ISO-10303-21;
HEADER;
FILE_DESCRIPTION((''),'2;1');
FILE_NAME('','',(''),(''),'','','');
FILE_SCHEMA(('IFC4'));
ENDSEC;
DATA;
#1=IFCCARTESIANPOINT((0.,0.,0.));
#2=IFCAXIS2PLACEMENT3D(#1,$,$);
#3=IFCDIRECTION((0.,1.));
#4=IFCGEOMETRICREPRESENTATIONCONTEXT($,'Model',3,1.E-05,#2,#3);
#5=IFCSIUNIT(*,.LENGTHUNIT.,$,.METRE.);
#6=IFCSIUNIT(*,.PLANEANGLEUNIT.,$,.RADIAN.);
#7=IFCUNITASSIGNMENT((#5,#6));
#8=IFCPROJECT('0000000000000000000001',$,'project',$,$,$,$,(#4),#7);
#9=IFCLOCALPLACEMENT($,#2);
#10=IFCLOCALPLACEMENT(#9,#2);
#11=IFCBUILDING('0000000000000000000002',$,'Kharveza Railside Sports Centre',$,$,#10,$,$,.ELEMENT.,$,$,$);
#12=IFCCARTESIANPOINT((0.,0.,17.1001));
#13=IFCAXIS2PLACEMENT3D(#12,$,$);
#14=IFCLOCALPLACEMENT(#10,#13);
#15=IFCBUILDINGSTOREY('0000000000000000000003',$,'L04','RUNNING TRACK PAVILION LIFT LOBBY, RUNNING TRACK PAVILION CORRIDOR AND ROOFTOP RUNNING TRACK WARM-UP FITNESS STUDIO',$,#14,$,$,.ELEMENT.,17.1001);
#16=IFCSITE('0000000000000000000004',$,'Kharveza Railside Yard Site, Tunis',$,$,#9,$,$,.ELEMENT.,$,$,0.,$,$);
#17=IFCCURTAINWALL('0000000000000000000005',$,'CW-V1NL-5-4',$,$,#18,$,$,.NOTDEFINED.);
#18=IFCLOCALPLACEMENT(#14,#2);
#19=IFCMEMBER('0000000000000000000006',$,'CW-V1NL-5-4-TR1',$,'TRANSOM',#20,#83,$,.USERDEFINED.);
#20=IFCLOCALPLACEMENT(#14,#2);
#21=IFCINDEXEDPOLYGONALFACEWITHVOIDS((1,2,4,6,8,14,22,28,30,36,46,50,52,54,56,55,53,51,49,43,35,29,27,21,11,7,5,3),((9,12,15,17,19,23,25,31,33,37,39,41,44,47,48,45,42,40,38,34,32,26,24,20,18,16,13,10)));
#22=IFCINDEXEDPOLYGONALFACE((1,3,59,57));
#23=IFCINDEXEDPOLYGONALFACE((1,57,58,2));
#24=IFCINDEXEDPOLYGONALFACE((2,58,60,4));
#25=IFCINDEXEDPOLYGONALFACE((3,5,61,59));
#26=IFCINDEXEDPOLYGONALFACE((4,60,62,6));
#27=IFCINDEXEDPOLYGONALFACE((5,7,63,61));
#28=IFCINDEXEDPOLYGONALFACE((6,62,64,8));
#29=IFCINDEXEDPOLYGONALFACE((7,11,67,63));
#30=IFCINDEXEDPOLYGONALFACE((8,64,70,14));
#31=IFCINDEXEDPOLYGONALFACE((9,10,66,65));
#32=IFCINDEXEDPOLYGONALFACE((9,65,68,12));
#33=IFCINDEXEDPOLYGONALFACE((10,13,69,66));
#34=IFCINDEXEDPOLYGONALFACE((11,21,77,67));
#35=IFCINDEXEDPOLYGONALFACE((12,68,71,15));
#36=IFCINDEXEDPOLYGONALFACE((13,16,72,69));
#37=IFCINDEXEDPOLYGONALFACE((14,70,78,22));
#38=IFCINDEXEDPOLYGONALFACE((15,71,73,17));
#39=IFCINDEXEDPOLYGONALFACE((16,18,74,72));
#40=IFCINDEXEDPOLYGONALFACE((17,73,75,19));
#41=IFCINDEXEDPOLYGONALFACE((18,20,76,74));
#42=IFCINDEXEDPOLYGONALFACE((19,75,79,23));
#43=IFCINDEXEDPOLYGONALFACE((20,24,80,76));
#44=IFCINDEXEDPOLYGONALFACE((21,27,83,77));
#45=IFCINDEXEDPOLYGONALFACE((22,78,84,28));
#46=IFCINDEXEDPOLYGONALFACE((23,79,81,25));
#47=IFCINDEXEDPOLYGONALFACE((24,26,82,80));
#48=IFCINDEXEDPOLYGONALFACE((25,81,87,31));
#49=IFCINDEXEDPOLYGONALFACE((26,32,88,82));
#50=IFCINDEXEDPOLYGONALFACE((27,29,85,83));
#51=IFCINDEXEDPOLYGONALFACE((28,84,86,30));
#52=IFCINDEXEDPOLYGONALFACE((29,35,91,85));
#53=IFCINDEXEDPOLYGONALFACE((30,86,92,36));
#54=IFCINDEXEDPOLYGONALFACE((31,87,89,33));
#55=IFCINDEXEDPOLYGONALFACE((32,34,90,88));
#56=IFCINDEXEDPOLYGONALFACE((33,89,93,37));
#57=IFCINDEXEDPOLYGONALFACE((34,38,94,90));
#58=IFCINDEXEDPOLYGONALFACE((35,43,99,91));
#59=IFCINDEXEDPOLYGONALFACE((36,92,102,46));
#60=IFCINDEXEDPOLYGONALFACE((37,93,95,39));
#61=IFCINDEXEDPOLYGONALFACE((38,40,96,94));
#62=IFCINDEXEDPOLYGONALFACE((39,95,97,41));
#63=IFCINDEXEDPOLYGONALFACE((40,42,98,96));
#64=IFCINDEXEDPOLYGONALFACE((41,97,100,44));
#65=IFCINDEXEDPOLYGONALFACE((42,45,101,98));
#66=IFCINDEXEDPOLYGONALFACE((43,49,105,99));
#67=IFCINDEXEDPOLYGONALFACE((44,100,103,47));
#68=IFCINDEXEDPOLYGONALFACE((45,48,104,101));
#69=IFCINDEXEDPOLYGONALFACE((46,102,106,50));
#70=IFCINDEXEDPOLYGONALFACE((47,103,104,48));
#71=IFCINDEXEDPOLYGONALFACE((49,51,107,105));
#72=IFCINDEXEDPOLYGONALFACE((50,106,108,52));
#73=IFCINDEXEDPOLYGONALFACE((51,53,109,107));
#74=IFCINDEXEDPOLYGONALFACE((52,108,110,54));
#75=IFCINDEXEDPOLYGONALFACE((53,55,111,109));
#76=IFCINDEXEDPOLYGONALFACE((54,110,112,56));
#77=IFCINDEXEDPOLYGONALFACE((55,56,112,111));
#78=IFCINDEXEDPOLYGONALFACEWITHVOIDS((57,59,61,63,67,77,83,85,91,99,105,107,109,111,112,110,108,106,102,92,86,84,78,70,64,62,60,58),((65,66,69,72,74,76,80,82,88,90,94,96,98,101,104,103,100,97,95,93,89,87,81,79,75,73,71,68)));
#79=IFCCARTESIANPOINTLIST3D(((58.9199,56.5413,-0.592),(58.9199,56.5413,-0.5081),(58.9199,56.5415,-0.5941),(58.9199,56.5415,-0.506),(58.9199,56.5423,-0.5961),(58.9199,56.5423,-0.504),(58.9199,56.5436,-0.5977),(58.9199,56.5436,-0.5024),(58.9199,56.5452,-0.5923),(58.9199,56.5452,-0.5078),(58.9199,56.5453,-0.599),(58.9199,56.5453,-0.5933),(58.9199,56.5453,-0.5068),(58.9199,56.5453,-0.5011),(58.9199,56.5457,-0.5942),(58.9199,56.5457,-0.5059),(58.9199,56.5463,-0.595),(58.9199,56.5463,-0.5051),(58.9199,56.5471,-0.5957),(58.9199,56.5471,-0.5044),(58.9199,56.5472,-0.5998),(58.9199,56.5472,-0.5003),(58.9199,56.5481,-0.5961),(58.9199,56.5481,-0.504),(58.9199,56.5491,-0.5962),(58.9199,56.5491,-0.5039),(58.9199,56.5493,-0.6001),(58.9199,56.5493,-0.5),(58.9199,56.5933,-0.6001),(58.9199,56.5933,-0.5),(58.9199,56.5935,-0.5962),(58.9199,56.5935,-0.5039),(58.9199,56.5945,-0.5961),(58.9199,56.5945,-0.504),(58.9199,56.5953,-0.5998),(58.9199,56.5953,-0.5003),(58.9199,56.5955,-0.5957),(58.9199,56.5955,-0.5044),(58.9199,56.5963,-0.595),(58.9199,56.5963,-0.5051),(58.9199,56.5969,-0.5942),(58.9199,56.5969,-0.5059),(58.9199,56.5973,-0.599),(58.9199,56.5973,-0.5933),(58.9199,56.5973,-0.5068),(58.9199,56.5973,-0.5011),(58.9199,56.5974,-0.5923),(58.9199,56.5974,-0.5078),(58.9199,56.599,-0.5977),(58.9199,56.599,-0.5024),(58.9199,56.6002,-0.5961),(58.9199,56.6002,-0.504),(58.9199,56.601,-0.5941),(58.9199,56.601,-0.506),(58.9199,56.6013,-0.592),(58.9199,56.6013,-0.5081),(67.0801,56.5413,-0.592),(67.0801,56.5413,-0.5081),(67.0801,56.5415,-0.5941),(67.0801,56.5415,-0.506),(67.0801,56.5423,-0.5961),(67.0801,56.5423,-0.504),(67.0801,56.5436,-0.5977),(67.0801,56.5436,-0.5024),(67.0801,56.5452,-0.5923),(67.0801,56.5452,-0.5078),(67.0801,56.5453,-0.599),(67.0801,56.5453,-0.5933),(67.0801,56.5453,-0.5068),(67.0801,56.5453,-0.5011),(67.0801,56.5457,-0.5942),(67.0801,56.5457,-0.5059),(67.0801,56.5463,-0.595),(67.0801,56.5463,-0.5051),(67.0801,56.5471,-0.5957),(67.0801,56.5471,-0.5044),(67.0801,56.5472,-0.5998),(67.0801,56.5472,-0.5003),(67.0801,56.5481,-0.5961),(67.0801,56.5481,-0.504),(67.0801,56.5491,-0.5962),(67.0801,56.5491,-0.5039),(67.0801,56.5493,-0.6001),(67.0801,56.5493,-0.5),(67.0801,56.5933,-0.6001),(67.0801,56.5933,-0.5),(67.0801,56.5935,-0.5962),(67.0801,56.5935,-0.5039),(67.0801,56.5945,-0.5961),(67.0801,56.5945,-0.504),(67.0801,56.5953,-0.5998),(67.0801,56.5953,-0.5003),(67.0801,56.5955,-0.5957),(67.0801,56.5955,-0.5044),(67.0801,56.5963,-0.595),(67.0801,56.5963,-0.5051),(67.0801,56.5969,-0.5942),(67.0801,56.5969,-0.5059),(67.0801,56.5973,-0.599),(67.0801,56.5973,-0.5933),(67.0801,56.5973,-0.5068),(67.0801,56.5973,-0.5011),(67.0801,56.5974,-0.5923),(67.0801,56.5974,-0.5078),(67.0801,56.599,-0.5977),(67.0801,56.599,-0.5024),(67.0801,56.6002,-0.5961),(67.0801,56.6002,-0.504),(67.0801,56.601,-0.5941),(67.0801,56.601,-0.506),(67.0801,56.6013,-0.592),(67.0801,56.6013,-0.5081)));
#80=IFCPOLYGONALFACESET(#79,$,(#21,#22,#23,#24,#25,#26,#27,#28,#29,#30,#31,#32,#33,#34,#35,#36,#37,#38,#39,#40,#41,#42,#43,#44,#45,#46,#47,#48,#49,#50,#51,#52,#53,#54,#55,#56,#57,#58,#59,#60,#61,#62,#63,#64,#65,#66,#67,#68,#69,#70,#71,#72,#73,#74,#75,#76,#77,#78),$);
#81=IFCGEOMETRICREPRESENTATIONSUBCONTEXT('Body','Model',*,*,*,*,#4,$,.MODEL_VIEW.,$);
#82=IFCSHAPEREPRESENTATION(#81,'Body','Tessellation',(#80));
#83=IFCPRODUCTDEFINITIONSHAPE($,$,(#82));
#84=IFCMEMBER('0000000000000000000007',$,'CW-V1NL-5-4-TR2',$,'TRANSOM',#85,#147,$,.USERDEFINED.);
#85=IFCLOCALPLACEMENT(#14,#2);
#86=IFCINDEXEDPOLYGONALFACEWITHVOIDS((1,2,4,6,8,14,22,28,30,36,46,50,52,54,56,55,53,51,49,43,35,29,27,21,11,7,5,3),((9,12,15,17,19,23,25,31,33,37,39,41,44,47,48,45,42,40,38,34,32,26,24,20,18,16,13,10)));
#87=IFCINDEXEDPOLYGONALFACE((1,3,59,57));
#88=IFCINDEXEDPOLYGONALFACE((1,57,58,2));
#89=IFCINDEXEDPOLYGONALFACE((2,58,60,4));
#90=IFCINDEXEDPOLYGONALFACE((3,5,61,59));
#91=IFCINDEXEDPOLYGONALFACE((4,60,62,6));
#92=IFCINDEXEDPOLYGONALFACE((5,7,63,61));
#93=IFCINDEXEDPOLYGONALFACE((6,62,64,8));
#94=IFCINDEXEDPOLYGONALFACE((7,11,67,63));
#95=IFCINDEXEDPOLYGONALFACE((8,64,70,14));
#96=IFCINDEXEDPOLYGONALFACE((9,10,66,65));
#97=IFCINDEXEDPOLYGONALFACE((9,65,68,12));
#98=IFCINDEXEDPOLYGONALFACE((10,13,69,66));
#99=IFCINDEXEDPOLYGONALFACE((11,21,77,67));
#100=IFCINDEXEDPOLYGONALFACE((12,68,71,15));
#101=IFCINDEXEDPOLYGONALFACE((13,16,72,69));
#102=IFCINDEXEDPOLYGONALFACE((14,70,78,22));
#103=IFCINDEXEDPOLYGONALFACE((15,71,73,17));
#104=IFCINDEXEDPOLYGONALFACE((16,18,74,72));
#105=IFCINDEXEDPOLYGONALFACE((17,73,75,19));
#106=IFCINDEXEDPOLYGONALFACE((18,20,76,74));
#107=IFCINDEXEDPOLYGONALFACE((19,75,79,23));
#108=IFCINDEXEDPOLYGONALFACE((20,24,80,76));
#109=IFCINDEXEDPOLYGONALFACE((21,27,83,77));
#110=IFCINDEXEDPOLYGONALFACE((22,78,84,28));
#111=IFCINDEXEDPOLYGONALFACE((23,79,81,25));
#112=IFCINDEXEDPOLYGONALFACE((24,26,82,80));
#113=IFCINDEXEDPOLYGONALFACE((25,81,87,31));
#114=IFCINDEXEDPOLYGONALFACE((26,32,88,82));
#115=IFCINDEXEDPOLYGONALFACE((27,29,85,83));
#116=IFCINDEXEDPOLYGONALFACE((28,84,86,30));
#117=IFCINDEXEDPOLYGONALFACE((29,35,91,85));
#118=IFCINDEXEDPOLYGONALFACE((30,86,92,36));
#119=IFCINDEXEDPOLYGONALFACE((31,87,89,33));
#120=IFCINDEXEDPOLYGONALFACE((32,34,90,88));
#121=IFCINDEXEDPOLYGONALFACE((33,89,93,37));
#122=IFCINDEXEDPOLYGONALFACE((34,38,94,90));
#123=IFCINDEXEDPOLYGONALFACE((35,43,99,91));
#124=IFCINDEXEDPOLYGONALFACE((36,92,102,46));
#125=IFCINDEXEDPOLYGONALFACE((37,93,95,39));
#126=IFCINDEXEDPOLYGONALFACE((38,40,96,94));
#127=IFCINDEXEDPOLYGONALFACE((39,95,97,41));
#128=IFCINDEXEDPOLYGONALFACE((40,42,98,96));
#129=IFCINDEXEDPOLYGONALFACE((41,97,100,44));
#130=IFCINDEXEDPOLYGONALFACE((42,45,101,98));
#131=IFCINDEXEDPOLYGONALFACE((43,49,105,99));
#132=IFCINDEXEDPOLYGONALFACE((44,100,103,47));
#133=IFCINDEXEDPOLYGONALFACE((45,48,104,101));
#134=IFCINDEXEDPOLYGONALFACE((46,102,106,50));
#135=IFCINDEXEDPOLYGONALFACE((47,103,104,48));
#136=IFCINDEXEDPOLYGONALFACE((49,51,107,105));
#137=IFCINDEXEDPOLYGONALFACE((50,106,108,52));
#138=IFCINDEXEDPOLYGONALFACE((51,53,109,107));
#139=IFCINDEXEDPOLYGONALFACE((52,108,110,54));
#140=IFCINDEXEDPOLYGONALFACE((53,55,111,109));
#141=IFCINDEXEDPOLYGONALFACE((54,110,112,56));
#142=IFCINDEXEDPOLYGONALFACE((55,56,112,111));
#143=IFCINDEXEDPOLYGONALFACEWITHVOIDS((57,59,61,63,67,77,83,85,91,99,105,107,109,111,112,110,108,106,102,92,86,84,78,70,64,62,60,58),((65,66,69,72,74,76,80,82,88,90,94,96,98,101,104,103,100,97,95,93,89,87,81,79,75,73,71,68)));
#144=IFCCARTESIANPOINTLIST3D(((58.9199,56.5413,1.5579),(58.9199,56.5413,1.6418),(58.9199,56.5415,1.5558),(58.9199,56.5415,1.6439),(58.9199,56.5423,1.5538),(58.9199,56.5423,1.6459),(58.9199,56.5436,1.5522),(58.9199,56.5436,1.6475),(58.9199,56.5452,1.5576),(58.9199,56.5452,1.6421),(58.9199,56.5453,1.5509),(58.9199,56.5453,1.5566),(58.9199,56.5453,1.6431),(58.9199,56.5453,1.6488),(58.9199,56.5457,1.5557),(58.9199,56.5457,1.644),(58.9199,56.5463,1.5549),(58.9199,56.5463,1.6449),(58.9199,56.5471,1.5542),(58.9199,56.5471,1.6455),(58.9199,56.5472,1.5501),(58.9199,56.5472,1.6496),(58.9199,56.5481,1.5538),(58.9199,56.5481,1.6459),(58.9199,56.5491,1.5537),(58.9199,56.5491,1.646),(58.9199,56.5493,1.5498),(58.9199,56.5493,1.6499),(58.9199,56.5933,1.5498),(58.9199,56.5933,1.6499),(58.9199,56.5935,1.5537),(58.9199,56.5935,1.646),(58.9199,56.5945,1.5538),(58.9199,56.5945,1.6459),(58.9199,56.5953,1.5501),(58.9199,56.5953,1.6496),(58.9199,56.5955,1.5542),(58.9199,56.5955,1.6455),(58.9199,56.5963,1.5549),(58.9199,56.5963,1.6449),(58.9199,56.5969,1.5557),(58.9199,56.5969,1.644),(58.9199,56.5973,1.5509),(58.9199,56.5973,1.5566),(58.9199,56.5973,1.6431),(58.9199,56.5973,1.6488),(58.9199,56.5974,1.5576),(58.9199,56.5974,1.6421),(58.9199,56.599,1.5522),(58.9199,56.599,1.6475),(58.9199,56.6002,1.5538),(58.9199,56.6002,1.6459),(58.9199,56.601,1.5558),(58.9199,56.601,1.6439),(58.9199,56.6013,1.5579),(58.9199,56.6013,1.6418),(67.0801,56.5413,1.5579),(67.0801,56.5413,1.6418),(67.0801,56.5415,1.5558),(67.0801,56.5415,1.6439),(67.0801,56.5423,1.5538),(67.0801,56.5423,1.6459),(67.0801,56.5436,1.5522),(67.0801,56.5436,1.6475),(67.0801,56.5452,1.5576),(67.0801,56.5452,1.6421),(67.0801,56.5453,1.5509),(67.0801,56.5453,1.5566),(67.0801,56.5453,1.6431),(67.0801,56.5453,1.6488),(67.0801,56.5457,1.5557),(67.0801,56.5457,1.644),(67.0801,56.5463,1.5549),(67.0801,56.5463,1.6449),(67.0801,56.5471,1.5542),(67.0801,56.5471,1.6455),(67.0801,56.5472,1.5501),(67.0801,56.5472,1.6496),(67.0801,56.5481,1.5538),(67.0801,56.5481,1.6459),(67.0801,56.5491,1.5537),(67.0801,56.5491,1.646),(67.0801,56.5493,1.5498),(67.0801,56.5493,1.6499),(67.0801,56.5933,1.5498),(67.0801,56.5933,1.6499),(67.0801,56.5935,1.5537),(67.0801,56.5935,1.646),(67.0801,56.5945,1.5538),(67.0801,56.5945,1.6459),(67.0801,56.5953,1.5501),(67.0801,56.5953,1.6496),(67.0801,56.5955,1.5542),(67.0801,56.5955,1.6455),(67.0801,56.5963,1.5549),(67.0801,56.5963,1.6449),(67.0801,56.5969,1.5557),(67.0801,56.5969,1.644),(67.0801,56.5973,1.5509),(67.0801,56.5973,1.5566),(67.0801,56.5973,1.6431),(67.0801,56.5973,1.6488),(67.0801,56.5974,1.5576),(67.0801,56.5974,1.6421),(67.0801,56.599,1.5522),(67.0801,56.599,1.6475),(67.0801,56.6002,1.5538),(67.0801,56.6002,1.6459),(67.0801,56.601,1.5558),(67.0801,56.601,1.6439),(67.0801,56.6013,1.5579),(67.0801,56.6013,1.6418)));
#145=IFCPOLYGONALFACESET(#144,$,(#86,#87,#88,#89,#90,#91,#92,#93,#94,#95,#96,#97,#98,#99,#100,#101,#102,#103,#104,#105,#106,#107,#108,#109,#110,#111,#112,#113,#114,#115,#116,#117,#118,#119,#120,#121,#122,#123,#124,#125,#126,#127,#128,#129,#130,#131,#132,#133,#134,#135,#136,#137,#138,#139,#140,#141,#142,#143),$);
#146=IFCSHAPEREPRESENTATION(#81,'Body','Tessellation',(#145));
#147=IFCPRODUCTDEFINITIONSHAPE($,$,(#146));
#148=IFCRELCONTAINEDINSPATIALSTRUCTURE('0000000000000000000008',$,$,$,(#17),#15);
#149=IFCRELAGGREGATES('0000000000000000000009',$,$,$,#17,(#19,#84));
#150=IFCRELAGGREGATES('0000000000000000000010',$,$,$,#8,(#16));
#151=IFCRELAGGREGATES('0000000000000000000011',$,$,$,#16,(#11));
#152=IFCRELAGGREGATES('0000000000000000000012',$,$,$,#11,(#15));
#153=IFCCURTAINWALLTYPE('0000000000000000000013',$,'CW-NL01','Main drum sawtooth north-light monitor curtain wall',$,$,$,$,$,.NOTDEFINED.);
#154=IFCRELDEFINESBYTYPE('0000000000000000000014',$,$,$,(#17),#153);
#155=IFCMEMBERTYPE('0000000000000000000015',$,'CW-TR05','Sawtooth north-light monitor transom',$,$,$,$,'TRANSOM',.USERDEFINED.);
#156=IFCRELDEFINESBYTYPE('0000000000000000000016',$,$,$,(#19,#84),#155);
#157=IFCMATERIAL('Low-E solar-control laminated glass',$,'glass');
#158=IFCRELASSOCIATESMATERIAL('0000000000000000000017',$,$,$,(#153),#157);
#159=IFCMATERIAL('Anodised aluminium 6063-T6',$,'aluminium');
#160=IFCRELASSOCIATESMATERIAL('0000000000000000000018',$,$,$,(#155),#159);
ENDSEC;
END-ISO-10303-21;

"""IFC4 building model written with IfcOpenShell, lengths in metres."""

from ifc_helpers import new_model, si_unit, direction, frame, origin, origin_2d, place, context, subcontext, project, spatial, hollow_rectangle, extrude, material, material_profile, profile_set, type_object, element, aggregate, save


model = new_model("IFC4")

# Units and contexts
model_context = context("Model", 3, precision=1e-05, world=origin(), true_north=direction((0.0, 1.0)))
body_context = subcontext(model_context, "Body", "Model", "MODEL_VIEW")
ifc_project = project(units=[si_unit("LENGTHUNIT", "METRE"), si_unit("PLANEANGLEUNIT", "RADIAN")], contexts=[model_context])

# Site, building, storey
site_placement = place(None, origin())
site = spatial("IfcSite", under=ifc_project, at=site_placement, Name="Kharveza Railside Yard Site, Tunis", CompositionType="ELEMENT", RefElevation=0.0)
building_placement = place(site_placement, origin())
building = spatial("IfcBuilding", under=site, at=building_placement, Name="Kharveza Railside Sports Centre", CompositionType="ELEMENT")
storey_placement = place(building_placement, frame((0.0, 0.0, 17.1001)))
storey = spatial("IfcBuildingStorey", under=building, at=storey_placement, Name="L04", Description="RUNNING TRACK PAVILION LIFT LOBBY, RUNNING TRACK PAVILION CORRIDOR AND ROOFTOP RUNNING TRACK WARM-UP FITNESS STUDIO", CompositionType="ELEMENT", Elevation=17.1001)

# Curtain wall
ifc_material_1 = material(Name="Low-E solar-control laminated glass", Category="glass")
curtain_wall_type = type_object("IfcCurtainWallType", Name="CW-NL01", Description="Main drum sawtooth north-light monitor curtain wall", PredefinedType="NOTDEFINED", material=ifc_material_1)
ifc_material_2 = material(Name="Anodised aluminium 6063-T6", Category="aluminium")
curtain_wall_1_placement = place(storey_placement, origin())
curtain_wall_1 = element("IfcCurtainWall", 1, at=curtain_wall_1_placement, inside=storey, type_object=curtain_wall_type, Name="CW-V1NL-5-4", PredefinedType="NOTDEFINED")

# Members
ifc_material_profile_1 = material_profile(ifc_material_2, hollow_rectangle(XDim=0.0601, YDim=0.1001, WallThickness=0.0039, InnerFilletRadius=0.0039, OuterFilletRadius=0.0081, at=origin_2d()), Name="RHS 60x100x4.0")
ifc_profile_set_1 = profile_set([ifc_material_profile_1], Name="Anodised aluminium 6063-T6")
member_type_1 = type_object("IfcMemberType", Name="CW-TR05", Description="Sawtooth north-light monitor transom", ElementType="TRANSOM", PredefinedType="USERDEFINED", material=ifc_profile_set_1)
member_1_placement = place(storey_placement, frame((58.9199, 56.5713, -0.55), z_axis=(1.0, 0.0, 0.0), x_axis=(0.0, 1.0, 0.0)))
member_1 = element("IfcMember", 2, at=member_1_placement, type_object=member_type_1, Name="CW-V1NL-5-4-TR1", ObjectType="TRANSOM", PredefinedType="USERDEFINED", context=body_context, shape_type="SweptSolid", body=[
    extrude(hollow_rectangle(XDim=0.0601, YDim=0.1001, WallThickness=0.0039, InnerFilletRadius=0.0039, OuterFilletRadius=0.0081, at=origin_2d()), origin(), (0.0, 0.0, 1.0), 8.1602),
])
member_2_placement = place(storey_placement, frame((58.9199, 56.5713, 1.5999), z_axis=(1.0, 0.0, 0.0), x_axis=(0.0, 1.0, 0.0)))
member_2 = element("IfcMember", 3, at=member_2_placement, type_object=member_type_1, Name="CW-V1NL-5-4-TR2", ObjectType="TRANSOM", PredefinedType="USERDEFINED", context=body_context, shape_type="SweptSolid", body=[
    extrude(hollow_rectangle(XDim=0.0601, YDim=0.1001, WallThickness=0.0039, InnerFilletRadius=0.0039, OuterFilletRadius=0.0081, at=origin_2d()), origin(), (0.0, 0.0, 1.0), 8.1602),
])

aggregate(curtain_wall_1, [member_1, member_2])

save(model, "model.ifc")
